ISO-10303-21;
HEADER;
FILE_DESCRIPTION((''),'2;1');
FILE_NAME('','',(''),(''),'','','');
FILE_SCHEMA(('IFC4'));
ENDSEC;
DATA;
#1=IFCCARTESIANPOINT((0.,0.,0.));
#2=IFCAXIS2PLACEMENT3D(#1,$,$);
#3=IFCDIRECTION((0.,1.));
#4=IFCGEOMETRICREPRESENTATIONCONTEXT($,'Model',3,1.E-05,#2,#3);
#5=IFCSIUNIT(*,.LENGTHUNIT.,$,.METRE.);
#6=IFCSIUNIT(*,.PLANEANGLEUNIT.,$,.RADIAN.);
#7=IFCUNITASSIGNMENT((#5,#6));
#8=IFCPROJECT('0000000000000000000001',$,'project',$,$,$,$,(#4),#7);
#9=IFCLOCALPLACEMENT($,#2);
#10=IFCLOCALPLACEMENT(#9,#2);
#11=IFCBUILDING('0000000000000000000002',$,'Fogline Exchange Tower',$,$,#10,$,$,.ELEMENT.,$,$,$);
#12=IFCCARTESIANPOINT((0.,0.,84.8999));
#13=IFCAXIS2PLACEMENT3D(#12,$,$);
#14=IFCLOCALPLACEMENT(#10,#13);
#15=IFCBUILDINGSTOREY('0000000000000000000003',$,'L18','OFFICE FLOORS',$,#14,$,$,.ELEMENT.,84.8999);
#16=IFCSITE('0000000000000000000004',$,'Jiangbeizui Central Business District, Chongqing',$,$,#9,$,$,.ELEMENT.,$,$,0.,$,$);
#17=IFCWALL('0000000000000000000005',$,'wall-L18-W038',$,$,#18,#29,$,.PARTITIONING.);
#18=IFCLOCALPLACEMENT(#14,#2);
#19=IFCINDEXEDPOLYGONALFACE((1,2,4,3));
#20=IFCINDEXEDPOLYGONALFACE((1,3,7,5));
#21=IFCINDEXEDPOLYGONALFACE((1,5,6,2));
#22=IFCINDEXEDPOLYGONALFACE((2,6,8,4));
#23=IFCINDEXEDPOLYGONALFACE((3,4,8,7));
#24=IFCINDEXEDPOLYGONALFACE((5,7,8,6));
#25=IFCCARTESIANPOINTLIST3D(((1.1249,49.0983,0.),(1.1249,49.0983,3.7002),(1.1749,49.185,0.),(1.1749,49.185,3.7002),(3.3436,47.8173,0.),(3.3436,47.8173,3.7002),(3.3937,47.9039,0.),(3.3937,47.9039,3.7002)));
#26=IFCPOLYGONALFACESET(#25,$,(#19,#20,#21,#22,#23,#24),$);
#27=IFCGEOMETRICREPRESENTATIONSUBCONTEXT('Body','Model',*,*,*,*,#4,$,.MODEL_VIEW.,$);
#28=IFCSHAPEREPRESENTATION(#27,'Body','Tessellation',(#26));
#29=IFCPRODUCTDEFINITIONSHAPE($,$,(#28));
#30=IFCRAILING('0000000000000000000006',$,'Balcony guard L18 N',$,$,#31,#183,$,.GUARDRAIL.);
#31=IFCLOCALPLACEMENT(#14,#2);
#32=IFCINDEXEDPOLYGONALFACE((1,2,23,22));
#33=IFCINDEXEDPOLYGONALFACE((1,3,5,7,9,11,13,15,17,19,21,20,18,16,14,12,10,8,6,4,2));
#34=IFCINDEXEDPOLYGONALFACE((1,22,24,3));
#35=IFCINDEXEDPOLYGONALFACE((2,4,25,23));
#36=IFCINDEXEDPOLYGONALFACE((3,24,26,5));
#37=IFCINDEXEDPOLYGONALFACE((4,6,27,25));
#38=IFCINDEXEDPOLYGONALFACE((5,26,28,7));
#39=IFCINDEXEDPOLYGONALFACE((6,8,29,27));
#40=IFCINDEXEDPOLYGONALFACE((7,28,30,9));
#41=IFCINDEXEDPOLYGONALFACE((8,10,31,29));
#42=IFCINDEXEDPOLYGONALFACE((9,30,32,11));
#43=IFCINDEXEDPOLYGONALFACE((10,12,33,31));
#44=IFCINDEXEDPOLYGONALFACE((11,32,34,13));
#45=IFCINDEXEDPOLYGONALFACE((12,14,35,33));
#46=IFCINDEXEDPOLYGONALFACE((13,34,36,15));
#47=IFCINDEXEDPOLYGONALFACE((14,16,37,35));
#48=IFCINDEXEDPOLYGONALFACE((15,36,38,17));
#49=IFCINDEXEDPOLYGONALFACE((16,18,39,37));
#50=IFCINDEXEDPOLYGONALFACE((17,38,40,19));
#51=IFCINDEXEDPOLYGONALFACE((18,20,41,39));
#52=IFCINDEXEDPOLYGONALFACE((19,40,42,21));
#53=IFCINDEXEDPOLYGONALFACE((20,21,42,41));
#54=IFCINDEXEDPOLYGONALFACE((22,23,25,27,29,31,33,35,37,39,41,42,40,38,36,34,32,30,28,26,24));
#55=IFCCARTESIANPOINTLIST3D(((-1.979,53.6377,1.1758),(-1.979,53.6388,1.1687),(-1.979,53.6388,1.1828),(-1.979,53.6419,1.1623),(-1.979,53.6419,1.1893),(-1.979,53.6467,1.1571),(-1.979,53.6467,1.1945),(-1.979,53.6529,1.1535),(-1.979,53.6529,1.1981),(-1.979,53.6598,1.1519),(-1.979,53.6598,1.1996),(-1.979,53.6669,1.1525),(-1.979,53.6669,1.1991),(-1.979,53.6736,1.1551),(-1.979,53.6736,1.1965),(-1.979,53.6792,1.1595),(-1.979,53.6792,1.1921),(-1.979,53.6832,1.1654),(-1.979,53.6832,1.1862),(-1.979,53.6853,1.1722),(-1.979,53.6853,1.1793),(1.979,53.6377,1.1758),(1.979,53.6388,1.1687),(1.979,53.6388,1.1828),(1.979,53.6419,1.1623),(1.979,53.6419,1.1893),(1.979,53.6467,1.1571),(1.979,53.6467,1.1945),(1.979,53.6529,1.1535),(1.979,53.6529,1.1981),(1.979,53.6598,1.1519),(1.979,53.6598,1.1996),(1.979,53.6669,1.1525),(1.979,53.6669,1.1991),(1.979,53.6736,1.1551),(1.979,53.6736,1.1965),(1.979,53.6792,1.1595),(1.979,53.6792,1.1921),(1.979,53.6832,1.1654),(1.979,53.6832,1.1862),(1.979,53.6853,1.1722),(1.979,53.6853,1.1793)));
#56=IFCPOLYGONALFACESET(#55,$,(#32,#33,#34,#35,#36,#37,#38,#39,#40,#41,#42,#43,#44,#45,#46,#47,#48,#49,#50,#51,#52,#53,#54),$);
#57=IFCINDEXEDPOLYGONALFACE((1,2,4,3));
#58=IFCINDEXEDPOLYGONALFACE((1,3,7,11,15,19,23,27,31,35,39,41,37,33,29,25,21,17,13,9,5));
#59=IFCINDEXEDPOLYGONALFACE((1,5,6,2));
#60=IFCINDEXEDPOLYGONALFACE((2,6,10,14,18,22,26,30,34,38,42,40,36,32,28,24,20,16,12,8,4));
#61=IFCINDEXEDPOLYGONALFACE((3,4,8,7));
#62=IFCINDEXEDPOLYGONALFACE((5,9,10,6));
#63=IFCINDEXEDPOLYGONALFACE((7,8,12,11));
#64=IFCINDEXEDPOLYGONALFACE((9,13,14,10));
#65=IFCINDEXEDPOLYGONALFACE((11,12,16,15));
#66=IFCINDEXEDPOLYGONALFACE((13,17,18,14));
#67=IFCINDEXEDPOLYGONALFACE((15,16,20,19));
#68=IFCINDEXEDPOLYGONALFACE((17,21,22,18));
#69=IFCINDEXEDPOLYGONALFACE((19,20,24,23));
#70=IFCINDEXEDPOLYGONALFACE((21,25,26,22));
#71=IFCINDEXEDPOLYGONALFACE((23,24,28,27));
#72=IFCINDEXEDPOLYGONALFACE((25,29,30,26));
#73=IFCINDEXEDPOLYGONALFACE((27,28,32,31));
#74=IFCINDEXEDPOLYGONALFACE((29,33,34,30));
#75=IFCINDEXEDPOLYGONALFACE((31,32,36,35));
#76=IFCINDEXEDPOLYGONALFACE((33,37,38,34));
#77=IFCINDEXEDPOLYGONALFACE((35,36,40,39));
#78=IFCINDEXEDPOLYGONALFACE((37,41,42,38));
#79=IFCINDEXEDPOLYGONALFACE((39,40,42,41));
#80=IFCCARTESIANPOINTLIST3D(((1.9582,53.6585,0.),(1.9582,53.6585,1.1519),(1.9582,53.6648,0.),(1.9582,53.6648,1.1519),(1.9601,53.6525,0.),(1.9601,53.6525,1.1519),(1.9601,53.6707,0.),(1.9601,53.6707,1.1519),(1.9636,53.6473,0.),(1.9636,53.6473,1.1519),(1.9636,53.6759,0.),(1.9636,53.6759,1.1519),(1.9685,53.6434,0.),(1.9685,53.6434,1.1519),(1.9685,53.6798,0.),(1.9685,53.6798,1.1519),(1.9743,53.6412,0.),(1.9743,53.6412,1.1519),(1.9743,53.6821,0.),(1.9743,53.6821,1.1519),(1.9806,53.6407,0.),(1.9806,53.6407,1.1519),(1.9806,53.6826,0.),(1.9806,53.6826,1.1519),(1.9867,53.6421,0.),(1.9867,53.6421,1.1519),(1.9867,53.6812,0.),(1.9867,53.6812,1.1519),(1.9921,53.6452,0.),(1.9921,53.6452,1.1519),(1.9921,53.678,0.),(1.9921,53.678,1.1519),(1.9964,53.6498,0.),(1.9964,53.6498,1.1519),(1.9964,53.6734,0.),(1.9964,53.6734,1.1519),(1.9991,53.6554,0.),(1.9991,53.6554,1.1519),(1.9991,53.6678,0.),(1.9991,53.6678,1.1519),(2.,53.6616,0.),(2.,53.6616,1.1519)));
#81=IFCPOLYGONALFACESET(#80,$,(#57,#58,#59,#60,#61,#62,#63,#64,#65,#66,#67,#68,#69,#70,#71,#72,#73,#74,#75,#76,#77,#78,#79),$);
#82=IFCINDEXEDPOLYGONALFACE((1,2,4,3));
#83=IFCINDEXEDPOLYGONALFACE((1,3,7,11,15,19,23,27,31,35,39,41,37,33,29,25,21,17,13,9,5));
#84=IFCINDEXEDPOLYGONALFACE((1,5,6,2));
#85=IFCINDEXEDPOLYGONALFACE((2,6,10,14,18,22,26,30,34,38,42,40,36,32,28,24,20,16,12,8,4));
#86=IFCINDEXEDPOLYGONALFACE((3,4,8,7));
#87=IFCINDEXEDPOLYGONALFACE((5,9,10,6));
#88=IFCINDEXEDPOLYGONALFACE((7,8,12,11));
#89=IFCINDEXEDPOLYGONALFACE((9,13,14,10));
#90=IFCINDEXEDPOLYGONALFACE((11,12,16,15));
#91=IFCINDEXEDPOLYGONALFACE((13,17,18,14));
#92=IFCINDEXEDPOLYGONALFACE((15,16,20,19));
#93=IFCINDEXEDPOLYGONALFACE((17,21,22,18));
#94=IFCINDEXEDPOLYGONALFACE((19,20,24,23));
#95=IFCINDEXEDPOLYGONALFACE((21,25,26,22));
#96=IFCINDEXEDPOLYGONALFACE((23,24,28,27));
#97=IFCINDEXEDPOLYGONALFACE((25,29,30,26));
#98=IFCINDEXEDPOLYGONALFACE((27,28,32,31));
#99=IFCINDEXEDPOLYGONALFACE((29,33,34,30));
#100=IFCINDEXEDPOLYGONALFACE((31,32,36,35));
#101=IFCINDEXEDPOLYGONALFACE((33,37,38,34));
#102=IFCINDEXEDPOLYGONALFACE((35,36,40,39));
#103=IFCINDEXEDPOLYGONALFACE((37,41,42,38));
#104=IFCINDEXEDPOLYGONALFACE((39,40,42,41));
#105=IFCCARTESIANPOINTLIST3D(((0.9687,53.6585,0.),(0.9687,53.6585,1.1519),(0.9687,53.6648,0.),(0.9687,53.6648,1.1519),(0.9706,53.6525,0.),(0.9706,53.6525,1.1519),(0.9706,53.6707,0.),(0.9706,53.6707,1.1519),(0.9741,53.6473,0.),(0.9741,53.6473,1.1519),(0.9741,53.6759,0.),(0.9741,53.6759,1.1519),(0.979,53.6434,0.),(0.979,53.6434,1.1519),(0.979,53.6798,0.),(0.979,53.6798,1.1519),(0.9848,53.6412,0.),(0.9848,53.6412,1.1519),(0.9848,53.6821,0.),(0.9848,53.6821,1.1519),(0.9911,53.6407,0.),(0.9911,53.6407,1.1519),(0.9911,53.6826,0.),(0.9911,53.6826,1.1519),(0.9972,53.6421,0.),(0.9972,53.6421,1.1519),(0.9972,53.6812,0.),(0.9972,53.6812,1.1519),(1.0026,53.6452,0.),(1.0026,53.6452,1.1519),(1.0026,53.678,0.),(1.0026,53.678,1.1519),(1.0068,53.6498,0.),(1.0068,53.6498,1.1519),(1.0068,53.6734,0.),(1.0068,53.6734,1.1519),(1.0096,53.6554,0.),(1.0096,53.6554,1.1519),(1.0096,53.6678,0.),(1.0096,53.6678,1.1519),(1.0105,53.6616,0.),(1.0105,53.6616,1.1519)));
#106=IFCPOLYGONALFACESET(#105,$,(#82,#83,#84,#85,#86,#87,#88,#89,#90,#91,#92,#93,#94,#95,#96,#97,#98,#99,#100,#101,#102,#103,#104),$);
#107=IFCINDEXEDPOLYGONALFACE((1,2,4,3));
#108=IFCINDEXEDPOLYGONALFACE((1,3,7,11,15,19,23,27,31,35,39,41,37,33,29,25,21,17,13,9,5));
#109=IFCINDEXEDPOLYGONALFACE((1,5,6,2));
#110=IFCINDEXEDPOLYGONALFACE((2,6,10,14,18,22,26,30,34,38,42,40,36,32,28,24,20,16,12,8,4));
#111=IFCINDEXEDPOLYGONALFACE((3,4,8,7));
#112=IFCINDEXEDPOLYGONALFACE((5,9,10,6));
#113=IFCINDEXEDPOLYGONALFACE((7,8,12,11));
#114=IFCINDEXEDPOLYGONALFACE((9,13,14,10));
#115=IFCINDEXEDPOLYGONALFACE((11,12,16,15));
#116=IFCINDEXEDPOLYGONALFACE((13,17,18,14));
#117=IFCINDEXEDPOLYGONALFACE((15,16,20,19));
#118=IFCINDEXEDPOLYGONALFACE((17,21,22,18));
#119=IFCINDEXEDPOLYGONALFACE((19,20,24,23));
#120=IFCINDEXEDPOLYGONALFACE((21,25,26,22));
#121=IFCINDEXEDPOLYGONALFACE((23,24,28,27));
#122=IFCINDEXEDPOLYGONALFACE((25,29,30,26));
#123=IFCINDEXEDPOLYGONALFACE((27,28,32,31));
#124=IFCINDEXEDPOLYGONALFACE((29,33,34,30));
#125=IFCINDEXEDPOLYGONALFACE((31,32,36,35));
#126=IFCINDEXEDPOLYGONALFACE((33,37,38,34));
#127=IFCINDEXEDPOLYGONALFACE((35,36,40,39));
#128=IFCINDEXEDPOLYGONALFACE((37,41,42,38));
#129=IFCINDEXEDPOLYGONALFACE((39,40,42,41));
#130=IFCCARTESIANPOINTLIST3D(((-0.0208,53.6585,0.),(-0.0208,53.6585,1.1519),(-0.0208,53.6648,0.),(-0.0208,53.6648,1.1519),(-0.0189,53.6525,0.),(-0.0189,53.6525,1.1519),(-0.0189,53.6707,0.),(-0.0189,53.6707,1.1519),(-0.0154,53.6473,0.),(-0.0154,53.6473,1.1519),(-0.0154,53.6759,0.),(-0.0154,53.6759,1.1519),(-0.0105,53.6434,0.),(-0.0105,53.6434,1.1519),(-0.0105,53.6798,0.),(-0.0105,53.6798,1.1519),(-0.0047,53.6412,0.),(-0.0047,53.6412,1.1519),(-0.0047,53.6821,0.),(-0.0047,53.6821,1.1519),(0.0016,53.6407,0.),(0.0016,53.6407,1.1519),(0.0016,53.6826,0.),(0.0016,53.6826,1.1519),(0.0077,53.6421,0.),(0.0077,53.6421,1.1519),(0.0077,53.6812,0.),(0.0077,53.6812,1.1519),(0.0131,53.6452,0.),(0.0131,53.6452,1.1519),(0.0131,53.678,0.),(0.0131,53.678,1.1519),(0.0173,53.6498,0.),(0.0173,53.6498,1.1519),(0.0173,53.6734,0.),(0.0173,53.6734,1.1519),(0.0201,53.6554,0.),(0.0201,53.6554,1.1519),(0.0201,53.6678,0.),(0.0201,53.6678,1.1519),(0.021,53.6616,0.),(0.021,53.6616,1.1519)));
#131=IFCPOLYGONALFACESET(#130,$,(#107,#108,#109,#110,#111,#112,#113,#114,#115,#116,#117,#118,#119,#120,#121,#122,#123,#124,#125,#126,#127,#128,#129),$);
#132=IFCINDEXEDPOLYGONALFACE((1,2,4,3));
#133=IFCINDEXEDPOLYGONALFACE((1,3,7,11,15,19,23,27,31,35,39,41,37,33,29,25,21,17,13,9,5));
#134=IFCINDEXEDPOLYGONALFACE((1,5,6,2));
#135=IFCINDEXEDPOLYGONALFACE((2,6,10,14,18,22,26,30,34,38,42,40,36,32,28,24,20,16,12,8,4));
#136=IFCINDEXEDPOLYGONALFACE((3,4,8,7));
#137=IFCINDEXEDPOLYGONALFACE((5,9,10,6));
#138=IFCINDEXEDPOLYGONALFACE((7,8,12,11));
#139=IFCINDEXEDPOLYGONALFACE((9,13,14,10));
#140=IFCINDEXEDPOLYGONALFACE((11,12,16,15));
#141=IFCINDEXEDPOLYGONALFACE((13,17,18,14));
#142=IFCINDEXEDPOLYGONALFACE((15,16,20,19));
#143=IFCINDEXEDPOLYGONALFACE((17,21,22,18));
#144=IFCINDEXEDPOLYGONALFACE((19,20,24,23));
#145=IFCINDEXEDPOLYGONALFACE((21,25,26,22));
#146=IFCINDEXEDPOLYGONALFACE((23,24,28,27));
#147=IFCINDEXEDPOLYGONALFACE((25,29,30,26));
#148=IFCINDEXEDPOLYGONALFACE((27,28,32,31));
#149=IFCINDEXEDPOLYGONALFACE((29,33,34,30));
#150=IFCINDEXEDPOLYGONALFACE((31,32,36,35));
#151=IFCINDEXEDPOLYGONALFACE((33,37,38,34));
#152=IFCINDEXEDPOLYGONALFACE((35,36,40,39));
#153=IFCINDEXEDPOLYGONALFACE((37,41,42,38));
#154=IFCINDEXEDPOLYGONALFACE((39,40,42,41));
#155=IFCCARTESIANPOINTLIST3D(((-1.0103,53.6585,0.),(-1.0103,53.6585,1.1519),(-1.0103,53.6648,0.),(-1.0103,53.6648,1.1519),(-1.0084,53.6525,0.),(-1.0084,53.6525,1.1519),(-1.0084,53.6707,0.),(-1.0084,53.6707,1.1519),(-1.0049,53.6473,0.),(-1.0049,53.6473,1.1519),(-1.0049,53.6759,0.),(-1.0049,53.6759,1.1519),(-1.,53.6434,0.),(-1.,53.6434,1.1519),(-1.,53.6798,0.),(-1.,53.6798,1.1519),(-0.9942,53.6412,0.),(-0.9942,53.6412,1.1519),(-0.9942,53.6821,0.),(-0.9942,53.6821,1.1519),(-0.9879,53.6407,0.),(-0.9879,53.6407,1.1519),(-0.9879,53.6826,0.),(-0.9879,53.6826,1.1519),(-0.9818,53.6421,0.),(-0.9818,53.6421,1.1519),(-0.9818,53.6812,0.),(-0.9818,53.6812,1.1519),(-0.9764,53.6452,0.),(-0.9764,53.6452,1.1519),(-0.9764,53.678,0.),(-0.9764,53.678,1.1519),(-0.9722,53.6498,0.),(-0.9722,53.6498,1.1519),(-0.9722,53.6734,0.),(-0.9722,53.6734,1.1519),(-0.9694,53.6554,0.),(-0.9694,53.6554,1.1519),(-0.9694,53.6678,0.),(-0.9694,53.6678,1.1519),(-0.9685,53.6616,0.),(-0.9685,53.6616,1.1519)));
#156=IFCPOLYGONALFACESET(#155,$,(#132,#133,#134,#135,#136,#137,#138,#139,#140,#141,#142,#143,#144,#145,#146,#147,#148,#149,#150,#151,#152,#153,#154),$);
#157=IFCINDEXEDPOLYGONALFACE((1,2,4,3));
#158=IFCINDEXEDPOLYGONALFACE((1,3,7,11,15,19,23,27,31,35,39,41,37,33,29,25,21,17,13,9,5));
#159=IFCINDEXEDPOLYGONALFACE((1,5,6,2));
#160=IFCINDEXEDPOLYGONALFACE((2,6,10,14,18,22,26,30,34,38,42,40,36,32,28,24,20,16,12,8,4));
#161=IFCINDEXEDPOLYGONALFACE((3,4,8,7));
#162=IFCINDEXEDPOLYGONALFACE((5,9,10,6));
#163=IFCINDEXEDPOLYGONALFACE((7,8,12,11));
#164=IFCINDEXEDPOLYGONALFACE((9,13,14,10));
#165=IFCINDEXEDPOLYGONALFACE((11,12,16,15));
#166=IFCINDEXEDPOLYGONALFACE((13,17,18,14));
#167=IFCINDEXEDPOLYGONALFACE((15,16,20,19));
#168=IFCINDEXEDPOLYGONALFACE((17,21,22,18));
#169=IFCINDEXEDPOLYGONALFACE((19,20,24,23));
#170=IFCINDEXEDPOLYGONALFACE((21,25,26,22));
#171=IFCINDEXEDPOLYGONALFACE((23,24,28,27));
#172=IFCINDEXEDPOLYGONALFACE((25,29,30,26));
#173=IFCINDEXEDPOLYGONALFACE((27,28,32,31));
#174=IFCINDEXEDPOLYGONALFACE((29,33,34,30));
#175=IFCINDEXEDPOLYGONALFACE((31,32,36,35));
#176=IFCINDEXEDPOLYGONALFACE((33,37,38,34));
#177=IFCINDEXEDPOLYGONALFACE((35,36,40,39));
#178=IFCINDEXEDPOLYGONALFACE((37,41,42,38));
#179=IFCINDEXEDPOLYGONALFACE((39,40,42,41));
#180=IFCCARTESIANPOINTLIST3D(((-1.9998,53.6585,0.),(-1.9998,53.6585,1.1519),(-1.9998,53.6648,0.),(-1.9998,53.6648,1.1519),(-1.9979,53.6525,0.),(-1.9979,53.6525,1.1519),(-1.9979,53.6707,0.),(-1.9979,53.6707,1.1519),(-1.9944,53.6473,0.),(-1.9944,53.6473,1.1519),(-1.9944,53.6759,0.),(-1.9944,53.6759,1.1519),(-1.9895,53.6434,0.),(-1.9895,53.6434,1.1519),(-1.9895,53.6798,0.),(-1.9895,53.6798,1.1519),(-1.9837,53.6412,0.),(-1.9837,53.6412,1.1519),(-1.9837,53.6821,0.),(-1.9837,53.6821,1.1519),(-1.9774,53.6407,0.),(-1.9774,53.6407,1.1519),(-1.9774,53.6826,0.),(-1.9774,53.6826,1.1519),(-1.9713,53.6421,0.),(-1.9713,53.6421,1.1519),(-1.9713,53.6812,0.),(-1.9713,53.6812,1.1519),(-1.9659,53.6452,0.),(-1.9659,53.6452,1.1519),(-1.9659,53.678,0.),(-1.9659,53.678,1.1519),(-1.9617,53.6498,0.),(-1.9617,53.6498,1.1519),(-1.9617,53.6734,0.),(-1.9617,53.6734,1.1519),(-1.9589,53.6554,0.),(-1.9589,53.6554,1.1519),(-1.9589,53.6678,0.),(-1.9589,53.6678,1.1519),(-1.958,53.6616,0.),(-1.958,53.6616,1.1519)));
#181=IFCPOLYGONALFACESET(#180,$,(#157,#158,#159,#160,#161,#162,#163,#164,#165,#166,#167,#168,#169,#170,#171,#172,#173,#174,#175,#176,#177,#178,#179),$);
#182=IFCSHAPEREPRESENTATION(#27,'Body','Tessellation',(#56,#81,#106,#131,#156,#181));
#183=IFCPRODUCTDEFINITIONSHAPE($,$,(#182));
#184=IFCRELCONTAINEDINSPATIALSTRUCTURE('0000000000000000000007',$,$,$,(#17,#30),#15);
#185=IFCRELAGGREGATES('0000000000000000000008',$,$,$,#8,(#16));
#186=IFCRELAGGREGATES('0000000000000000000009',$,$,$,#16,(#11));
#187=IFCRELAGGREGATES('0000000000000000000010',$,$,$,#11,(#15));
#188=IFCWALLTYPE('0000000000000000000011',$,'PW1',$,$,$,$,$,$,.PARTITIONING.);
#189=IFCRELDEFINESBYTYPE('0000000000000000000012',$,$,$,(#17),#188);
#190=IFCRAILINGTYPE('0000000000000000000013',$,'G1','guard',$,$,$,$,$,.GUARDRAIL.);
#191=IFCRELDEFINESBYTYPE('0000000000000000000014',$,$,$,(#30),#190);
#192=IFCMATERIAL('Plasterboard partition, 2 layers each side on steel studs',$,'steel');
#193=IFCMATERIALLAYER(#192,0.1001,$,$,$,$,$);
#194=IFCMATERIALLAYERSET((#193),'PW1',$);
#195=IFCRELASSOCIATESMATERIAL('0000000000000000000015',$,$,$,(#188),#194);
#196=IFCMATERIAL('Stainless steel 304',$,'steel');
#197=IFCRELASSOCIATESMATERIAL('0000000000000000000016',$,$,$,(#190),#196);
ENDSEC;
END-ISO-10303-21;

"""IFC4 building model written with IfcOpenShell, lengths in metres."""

from ifc_helpers import new_model, si_unit, direction, frame, frame_2d, origin, origin_2d, place, context, subcontext, project, spatial, rectangle, circle, extrude, material, layer, layer_set, type_object, element, save


model = new_model("IFC4")

# Units and contexts
model_context = context("Model", 3, precision=1e-05, world=origin(), true_north=direction((0.0, 1.0)))
body_context = subcontext(model_context, "Body", "Model", "MODEL_VIEW")
ifc_project = project(units=[si_unit("LENGTHUNIT", "METRE"), si_unit("PLANEANGLEUNIT", "RADIAN")], contexts=[model_context])

# Site, building, storey
site_placement = place(None, origin())
site = spatial("IfcSite", under=ifc_project, at=site_placement, Name="Jiangbeizui Central Business District, Chongqing", CompositionType="ELEMENT", RefElevation=0.0)
building_placement = place(site_placement, origin())
building = spatial("IfcBuilding", under=site, at=building_placement, Name="Fogline Exchange Tower", CompositionType="ELEMENT")
storey_placement = place(building_placement, frame((0.0, 0.0, 84.8999)))
storey = spatial("IfcBuildingStorey", under=building, at=storey_placement, Name="L18", Description="OFFICE FLOORS", CompositionType="ELEMENT", Elevation=84.8999)

# Shared definitions
ifc_material_1 = material(Name="Plasterboard partition, 2 layers each side on steel studs", Category="steel")
ifc_layer_1 = layer(ifc_material_1, 0.1001)
ifc_layer_set_1 = layer_set([ifc_layer_1], Name="PW1")
wall_type_1 = type_object("IfcWallType", Name="PW1", PredefinedType="PARTITIONING", material=ifc_layer_set_1)

# Wall
wall_1_placement = place(storey_placement, frame((3.3687, 47.8606, 0.0), z_axis=(0.0, 0.0, 1.0), x_axis=(-0.866024, 0.500003, 0.0)))
element("IfcWall", 1, at=wall_1_placement, inside=storey, type_object=wall_type_1, Name="wall-L18-W038", PredefinedType="PARTITIONING", context=body_context, shape_type="SweptSolid", body=[
    extrude(rectangle(XDim=2.562, YDim=0.1001, at=frame_2d((1.281, 0.0))), origin(), (0.0, 0.0, 1.0), 3.7002),
])

# Railing
ifc_material_2 = material(Name="Stainless steel 304", Category="steel")
railing_type = type_object("IfcRailingType", Name="G1", Description="guard", PredefinedType="GUARDRAIL", material=ifc_material_2)
railing_placement = place(storey_placement, frame((1.979, 53.6616, 0.0)))
element("IfcRailing", 2, at=railing_placement, inside=storey, type_object=railing_type, Name="Balcony guard L18 N", PredefinedType="GUARDRAIL", context=body_context, shape_type="SweptSolid", body=[
    extrude(circle(Radius=0.0239, at=origin_2d()), frame((0.0, 0.0, 1.1758), z_axis=(-1.0, 0.0, 0.0), x_axis=(0.0, -1.0, 0.0)), (0.0, 0.0, 1.0), 3.958),
    extrude(circle(Radius=0.021, at=origin_2d()), origin(), (0.0, 0.0, 1.0), 1.1519),
    extrude(circle(Radius=0.021, at=origin_2d()), frame((-0.9895, 0.0, 0.0)), (0.0, 0.0, 1.0), 1.1519),
    extrude(circle(Radius=0.021, at=origin_2d()), frame((-1.979, 0.0, 0.0)), (0.0, 0.0, 1.0), 1.1519),
    extrude(circle(Radius=0.021, at=origin_2d()), frame((-2.9685, 0.0, 0.0)), (0.0, 0.0, 1.0), 1.1519),
    extrude(circle(Radius=0.021, at=origin_2d()), frame((-3.958, 0.0, 0.0)), (0.0, 0.0, 1.0), 1.1519),
])

save(model, "model.ifc")
